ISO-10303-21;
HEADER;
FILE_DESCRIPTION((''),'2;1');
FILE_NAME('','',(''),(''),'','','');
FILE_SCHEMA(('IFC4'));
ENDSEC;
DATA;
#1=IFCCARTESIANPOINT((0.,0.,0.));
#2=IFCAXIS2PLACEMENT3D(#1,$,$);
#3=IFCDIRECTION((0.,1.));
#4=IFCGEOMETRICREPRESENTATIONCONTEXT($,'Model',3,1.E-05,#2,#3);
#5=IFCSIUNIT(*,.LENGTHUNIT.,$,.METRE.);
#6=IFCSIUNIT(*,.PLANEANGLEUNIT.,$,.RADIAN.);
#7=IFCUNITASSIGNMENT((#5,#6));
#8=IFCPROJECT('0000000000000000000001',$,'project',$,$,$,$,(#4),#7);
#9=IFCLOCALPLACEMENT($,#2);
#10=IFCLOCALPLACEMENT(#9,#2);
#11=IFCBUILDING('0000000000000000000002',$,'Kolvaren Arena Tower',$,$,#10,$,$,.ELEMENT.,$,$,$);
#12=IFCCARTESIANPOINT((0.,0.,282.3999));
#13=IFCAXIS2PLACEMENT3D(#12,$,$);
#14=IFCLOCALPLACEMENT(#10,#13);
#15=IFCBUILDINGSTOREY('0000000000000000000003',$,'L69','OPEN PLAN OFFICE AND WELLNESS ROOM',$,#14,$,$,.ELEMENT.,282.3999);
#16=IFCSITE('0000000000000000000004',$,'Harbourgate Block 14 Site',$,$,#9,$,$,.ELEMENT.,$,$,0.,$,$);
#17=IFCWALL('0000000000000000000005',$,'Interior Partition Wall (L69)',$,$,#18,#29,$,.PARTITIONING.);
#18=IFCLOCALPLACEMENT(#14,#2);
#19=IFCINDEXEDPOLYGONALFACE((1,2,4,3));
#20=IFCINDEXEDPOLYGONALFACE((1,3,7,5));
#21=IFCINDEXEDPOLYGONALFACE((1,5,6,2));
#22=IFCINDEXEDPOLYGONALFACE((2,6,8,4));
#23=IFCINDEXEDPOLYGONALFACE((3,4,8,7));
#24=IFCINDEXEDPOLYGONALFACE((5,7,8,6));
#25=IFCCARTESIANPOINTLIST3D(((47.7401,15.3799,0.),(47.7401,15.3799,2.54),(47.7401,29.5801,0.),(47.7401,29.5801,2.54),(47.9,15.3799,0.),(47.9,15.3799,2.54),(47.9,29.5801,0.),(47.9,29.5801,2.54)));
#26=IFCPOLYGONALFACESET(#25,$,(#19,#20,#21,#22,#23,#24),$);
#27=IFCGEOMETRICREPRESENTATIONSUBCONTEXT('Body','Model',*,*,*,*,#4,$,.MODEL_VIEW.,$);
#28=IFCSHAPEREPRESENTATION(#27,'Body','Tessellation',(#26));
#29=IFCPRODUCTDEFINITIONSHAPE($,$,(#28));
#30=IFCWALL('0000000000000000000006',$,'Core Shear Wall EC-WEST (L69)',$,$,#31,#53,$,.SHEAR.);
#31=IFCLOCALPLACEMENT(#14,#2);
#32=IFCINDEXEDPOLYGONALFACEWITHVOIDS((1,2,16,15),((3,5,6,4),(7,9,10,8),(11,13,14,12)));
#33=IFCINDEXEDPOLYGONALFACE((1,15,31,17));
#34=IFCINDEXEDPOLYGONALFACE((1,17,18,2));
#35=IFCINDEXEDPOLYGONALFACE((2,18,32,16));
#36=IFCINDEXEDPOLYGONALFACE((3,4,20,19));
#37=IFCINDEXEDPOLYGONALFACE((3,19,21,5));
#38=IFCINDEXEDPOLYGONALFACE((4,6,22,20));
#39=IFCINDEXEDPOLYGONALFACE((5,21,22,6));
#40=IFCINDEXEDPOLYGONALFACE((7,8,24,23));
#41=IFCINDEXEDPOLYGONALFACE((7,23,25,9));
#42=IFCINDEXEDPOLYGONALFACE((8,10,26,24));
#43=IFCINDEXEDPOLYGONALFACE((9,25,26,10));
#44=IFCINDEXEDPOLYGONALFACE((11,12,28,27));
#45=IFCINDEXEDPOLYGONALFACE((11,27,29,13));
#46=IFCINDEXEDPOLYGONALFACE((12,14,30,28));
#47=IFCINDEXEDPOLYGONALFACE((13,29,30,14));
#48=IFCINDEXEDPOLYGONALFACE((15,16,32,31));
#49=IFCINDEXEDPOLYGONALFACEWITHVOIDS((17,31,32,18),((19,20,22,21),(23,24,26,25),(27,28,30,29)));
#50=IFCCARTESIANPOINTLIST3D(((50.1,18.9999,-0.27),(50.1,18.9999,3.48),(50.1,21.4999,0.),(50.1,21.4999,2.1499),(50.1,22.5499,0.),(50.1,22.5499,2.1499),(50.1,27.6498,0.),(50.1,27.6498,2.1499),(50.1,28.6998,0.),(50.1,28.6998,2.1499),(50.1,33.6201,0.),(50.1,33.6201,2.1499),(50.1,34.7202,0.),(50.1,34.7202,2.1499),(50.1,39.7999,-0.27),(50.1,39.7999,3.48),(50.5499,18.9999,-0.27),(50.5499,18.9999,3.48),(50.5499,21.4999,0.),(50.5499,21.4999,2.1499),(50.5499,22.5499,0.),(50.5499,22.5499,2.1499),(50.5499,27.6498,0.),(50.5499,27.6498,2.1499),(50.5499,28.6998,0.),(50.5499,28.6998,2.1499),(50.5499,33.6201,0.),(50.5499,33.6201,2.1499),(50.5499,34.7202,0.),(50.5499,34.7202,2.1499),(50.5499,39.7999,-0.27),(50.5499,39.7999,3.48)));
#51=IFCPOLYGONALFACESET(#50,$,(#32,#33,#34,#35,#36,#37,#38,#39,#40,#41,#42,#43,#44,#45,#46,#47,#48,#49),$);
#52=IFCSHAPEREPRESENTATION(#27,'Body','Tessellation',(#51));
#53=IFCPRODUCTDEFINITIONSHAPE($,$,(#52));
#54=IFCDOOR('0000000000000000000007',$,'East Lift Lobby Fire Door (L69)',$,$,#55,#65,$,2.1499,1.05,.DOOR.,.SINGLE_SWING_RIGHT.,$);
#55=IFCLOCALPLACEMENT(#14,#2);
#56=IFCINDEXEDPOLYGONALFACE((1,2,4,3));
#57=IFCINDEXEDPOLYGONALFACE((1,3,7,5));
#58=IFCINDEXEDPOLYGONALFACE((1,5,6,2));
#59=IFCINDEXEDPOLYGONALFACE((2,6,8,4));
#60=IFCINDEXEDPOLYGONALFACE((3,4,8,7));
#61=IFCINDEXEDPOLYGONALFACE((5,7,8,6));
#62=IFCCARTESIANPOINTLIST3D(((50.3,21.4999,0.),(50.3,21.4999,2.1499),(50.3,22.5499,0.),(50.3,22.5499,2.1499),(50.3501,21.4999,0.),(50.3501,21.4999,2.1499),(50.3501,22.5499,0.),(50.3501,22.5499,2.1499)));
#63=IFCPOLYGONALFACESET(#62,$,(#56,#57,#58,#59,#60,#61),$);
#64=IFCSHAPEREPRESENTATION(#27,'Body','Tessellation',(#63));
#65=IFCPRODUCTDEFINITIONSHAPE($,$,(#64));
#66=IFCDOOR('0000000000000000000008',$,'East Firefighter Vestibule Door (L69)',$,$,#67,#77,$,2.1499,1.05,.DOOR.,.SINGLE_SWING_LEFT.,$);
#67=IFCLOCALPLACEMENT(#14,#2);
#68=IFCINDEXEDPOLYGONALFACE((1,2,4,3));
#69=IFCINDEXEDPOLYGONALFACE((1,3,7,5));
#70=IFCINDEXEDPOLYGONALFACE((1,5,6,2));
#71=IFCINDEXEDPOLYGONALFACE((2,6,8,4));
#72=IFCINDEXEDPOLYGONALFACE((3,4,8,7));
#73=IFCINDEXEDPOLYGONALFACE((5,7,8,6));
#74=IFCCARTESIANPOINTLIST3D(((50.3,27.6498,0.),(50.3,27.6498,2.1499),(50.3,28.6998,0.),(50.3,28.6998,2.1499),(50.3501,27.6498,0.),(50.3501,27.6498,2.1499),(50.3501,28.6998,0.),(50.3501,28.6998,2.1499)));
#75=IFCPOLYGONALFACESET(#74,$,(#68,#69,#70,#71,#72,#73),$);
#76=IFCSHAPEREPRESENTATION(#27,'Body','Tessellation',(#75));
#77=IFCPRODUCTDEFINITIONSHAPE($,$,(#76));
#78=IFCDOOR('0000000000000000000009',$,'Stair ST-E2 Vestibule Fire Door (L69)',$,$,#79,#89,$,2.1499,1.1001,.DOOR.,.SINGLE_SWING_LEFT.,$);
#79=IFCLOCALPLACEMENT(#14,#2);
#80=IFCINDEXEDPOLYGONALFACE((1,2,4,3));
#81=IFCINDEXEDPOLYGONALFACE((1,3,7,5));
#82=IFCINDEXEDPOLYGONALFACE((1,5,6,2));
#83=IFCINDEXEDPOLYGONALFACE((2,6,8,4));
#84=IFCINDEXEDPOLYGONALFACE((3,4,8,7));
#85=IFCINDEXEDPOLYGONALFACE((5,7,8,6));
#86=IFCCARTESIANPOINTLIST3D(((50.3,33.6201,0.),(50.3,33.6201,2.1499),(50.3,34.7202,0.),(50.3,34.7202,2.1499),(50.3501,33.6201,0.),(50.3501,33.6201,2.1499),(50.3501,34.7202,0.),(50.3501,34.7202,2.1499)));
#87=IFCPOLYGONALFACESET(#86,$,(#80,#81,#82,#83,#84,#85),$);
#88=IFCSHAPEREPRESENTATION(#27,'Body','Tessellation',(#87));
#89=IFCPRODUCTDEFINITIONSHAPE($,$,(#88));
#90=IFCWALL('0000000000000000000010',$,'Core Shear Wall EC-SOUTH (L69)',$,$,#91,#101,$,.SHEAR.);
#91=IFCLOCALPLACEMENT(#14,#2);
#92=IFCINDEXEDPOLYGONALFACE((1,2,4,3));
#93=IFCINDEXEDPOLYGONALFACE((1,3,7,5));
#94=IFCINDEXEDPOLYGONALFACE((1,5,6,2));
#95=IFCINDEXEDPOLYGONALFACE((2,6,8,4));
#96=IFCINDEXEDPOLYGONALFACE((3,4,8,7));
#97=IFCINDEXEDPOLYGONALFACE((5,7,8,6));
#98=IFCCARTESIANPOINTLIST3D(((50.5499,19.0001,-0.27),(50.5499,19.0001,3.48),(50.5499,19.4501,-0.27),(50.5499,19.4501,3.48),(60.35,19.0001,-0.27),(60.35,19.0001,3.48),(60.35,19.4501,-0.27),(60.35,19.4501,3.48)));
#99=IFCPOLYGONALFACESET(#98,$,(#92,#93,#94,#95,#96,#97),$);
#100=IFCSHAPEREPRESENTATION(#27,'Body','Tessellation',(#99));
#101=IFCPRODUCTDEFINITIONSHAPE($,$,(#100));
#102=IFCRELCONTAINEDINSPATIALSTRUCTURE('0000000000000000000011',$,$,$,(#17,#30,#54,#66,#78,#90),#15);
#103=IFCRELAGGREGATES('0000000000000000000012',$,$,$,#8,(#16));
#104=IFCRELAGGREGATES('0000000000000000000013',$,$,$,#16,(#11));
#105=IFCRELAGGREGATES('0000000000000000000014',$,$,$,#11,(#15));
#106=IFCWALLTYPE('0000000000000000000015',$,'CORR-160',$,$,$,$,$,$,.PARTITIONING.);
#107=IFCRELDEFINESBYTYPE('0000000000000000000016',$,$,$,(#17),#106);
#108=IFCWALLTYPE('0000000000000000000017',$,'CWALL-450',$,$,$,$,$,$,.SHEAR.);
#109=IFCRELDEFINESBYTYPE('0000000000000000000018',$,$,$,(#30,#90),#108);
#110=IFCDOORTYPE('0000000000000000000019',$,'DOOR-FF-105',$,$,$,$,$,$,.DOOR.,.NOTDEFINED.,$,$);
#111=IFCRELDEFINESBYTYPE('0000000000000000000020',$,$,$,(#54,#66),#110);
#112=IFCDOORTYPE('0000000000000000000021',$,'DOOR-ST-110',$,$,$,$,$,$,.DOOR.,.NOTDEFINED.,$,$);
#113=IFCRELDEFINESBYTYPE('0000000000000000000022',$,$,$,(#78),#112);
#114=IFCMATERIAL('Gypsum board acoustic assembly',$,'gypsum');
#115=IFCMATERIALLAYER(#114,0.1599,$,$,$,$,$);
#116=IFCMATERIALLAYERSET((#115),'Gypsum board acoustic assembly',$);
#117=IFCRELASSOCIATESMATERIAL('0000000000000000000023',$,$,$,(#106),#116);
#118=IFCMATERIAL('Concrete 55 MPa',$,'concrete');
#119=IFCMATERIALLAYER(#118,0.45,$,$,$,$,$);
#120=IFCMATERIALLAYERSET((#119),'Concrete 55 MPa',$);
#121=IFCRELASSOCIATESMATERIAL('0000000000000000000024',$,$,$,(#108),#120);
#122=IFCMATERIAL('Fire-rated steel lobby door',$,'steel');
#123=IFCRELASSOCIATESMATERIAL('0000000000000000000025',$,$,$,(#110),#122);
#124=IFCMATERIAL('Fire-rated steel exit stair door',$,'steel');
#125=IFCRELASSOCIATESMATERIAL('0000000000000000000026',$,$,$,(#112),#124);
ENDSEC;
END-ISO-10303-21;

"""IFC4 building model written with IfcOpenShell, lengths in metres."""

from ifc_helpers import new_model, si_unit, direction, frame, frame_2d, origin, place, context, subcontext, project, spatial, rectangle, extrude, material, layer, layer_set, type_object, element, fill, save


model = new_model("IFC4")

# Units and contexts
model_context = context("Model", 3, precision=1e-05, world=origin(), true_north=direction((0.0, 1.0)))
body_context = subcontext(model_context, "Body", "Model", "MODEL_VIEW")
ifc_project = project(units=[si_unit("LENGTHUNIT", "METRE"), si_unit("PLANEANGLEUNIT", "RADIAN")], contexts=[model_context])

# Site, building, storey
site_placement = place(None, origin())
site = spatial("IfcSite", under=ifc_project, at=site_placement, Name="Harbourgate Block 14 Site", CompositionType="ELEMENT", RefElevation=0.0)
building_placement = place(site_placement, origin())
building = spatial("IfcBuilding", under=site, at=building_placement, Name="Kolvaren Arena Tower", CompositionType="ELEMENT")
storey_placement = place(building_placement, frame((0.0, 0.0, 282.3999)))
storey = spatial("IfcBuildingStorey", under=building, at=storey_placement, Name="L69", Description="OPEN PLAN OFFICE AND WELLNESS ROOM", CompositionType="ELEMENT", Elevation=282.3999)

# Wall
ifc_material_1 = material(Name="Gypsum board acoustic assembly", Category="gypsum")
ifc_layer_1 = layer(ifc_material_1, 0.1599)
ifc_layer_set_1 = layer_set([ifc_layer_1], Name="Gypsum board acoustic assembly")
wall_type_1 = type_object("IfcWallType", Name="CORR-160", PredefinedType="PARTITIONING", material=ifc_layer_set_1)
wall_1_placement = place(storey_placement, frame((47.8201, 15.3799, 0.0), z_axis=(0.0, 0.0, 1.0), x_axis=(0.0, 1.0, 0.0)))
element("IfcWall", 1, at=wall_1_placement, inside=storey, type_object=wall_type_1, Name="Interior Partition Wall (L69)", PredefinedType="PARTITIONING", context=body_context, shape_type="SweptSolid", body=[
    extrude(rectangle(XDim=14.2002, YDim=0.1599, at=frame_2d((7.1001, 0.0))), origin(), (0.0, 0.0, 1.0), 2.54),
])

# Wall, openings, doors
ifc_material_2 = material(Name="Concrete 55 MPa", Category="concrete")
ifc_layer_2 = layer(ifc_material_2, 0.45)
ifc_layer_set_2 = layer_set([ifc_layer_2], Name="Concrete 55 MPa")
wall_type_2 = type_object("IfcWallType", Name="CWALL-450", PredefinedType="SHEAR", material=ifc_layer_set_2)
wall_2_placement = place(storey_placement, frame((50.325, 19.0, -0.27), z_axis=(0.0, 0.0, 1.0), x_axis=(0.0, 1.0, 0.0)))
wall_2 = element("IfcWall", 2, at=wall_2_placement, inside=storey, type_object=wall_type_2, Name="Core Shear Wall EC-WEST (L69)", PredefinedType="SHEAR", context=body_context, shape_type="SweptSolid", body=[
    extrude(rectangle(XDim=20.8, YDim=0.45, at=frame_2d((10.3999, 0.0))), origin(), (0.0, 0.0, 1.0), 3.75),
])
opening_1_placement = place(wall_2_placement, frame((2.5, 0.0, 0.27)))
opening_1 = element("IfcOpeningElement", 3, at=opening_1_placement, cuts=wall_2, PredefinedType="OPENING", context=body_context, shape_type="SweptSolid", body=[
    extrude(rectangle(XDim=1.05, YDim=2.1499, at=frame_2d((0.5249, 1.075))), frame((0.0, 0.2349, 0.0), z_axis=(0.0, -1.0, 0.0), x_axis=(1.0, 0.0, 0.0)), (0.0, 0.0, 1.0), 0.47),
])
opening_2_placement = place(wall_2_placement, frame((8.6499, 0.0, 0.27)))
opening_2 = element("IfcOpeningElement", 4, at=opening_2_placement, cuts=wall_2, PredefinedType="OPENING", context=body_context, shape_type="SweptSolid", body=[
    extrude(rectangle(XDim=1.05, YDim=2.1499, at=frame_2d((0.5249, 1.075))), frame((0.0, 0.2349, 0.0), z_axis=(0.0, -1.0, 0.0), x_axis=(1.0, 0.0, 0.0)), (0.0, 0.0, 1.0), 0.47),
])
opening_3_placement = place(wall_2_placement, frame((14.6201, 0.0, 0.27)))
opening_3 = element("IfcOpeningElement", 5, at=opening_3_placement, cuts=wall_2, PredefinedType="OPENING", context=body_context, shape_type="SweptSolid", body=[
    extrude(rectangle(XDim=1.1001, YDim=2.1499, at=frame_2d((0.55, 1.075))), frame((0.0, 0.2349, 0.0), z_axis=(0.0, -1.0, 0.0), x_axis=(1.0, 0.0, 0.0)), (0.0, 0.0, 1.0), 0.47),
])
ifc_material_3 = material(Name="Fire-rated steel lobby door", Category="steel")
door_type_1 = type_object("IfcDoorType", Name="DOOR-FF-105", OperationType="NOTDEFINED", PredefinedType="DOOR", material=ifc_material_3)
door_1_placement = place(opening_1_placement, origin())
door_1 = element("IfcDoor", 6, at=door_1_placement, inside=storey, type_object=door_type_1, Name="East Lift Lobby Fire Door (L69)", OperationType="SINGLE_SWING_RIGHT", OverallHeight=2.1499, OverallWidth=1.05, PredefinedType="DOOR", context=body_context, shape_type="SweptSolid", body=[
    extrude(rectangle(XDim=1.05, YDim=2.1499, at=frame_2d((0.5249, 1.075))), frame((0.0, 0.0249, 0.0), z_axis=(0.0, -1.0, 0.0), x_axis=(1.0, 0.0, 0.0)), (0.0, 0.0, 1.0), 0.05),
])
fill(opening_1, door_1)
door_2_placement = place(opening_2_placement, origin())
door_2 = element("IfcDoor", 7, at=door_2_placement, inside=storey, type_object=door_type_1, Name="East Firefighter Vestibule Door (L69)", OperationType="SINGLE_SWING_LEFT", OverallHeight=2.1499, OverallWidth=1.05, PredefinedType="DOOR", context=body_context, shape_type="SweptSolid", body=[
    extrude(rectangle(XDim=1.05, YDim=2.1499, at=frame_2d((0.5249, 1.075))), frame((0.0, 0.0249, 0.0), z_axis=(0.0, -1.0, 0.0), x_axis=(1.0, 0.0, 0.0)), (0.0, 0.0, 1.0), 0.05),
])
fill(opening_2, door_2)
ifc_material_4 = material(Name="Fire-rated steel exit stair door", Category="steel")
door_type_2 = type_object("IfcDoorType", Name="DOOR-ST-110", OperationType="NOTDEFINED", PredefinedType="DOOR", material=ifc_material_4)
door_3_placement = place(opening_3_placement, origin())
door_3 = element("IfcDoor", 8, at=door_3_placement, inside=storey, type_object=door_type_2, Name="Stair ST-E2 Vestibule Fire Door (L69)", OperationType="SINGLE_SWING_LEFT", OverallHeight=2.1499, OverallWidth=1.1001, PredefinedType="DOOR", context=body_context, shape_type="SweptSolid", body=[
    extrude(rectangle(XDim=1.1001, YDim=2.1499, at=frame_2d((0.55, 1.075))), frame((0.0, 0.0249, 0.0), z_axis=(0.0, -1.0, 0.0), x_axis=(1.0, 0.0, 0.0)), (0.0, 0.0, 1.0), 0.05),
])
fill(opening_3, door_3)

# Wall
wall_3_placement = place(storey_placement, frame((50.55, 19.2251, -0.27), z_axis=(0.0, 0.0, 1.0), x_axis=(1.0, 0.0, 0.0)))
element("IfcWall", 9, at=wall_3_placement, inside=storey, type_object=wall_type_2, Name="Core Shear Wall EC-SOUTH (L69)", PredefinedType="SHEAR", context=body_context, shape_type="SweptSolid", body=[
    extrude(rectangle(XDim=9.8, YDim=0.45, at=frame_2d((4.8999, 0.0))), origin(), (0.0, 0.0, 1.0), 3.75),
])

save(model, "model.ifc")
